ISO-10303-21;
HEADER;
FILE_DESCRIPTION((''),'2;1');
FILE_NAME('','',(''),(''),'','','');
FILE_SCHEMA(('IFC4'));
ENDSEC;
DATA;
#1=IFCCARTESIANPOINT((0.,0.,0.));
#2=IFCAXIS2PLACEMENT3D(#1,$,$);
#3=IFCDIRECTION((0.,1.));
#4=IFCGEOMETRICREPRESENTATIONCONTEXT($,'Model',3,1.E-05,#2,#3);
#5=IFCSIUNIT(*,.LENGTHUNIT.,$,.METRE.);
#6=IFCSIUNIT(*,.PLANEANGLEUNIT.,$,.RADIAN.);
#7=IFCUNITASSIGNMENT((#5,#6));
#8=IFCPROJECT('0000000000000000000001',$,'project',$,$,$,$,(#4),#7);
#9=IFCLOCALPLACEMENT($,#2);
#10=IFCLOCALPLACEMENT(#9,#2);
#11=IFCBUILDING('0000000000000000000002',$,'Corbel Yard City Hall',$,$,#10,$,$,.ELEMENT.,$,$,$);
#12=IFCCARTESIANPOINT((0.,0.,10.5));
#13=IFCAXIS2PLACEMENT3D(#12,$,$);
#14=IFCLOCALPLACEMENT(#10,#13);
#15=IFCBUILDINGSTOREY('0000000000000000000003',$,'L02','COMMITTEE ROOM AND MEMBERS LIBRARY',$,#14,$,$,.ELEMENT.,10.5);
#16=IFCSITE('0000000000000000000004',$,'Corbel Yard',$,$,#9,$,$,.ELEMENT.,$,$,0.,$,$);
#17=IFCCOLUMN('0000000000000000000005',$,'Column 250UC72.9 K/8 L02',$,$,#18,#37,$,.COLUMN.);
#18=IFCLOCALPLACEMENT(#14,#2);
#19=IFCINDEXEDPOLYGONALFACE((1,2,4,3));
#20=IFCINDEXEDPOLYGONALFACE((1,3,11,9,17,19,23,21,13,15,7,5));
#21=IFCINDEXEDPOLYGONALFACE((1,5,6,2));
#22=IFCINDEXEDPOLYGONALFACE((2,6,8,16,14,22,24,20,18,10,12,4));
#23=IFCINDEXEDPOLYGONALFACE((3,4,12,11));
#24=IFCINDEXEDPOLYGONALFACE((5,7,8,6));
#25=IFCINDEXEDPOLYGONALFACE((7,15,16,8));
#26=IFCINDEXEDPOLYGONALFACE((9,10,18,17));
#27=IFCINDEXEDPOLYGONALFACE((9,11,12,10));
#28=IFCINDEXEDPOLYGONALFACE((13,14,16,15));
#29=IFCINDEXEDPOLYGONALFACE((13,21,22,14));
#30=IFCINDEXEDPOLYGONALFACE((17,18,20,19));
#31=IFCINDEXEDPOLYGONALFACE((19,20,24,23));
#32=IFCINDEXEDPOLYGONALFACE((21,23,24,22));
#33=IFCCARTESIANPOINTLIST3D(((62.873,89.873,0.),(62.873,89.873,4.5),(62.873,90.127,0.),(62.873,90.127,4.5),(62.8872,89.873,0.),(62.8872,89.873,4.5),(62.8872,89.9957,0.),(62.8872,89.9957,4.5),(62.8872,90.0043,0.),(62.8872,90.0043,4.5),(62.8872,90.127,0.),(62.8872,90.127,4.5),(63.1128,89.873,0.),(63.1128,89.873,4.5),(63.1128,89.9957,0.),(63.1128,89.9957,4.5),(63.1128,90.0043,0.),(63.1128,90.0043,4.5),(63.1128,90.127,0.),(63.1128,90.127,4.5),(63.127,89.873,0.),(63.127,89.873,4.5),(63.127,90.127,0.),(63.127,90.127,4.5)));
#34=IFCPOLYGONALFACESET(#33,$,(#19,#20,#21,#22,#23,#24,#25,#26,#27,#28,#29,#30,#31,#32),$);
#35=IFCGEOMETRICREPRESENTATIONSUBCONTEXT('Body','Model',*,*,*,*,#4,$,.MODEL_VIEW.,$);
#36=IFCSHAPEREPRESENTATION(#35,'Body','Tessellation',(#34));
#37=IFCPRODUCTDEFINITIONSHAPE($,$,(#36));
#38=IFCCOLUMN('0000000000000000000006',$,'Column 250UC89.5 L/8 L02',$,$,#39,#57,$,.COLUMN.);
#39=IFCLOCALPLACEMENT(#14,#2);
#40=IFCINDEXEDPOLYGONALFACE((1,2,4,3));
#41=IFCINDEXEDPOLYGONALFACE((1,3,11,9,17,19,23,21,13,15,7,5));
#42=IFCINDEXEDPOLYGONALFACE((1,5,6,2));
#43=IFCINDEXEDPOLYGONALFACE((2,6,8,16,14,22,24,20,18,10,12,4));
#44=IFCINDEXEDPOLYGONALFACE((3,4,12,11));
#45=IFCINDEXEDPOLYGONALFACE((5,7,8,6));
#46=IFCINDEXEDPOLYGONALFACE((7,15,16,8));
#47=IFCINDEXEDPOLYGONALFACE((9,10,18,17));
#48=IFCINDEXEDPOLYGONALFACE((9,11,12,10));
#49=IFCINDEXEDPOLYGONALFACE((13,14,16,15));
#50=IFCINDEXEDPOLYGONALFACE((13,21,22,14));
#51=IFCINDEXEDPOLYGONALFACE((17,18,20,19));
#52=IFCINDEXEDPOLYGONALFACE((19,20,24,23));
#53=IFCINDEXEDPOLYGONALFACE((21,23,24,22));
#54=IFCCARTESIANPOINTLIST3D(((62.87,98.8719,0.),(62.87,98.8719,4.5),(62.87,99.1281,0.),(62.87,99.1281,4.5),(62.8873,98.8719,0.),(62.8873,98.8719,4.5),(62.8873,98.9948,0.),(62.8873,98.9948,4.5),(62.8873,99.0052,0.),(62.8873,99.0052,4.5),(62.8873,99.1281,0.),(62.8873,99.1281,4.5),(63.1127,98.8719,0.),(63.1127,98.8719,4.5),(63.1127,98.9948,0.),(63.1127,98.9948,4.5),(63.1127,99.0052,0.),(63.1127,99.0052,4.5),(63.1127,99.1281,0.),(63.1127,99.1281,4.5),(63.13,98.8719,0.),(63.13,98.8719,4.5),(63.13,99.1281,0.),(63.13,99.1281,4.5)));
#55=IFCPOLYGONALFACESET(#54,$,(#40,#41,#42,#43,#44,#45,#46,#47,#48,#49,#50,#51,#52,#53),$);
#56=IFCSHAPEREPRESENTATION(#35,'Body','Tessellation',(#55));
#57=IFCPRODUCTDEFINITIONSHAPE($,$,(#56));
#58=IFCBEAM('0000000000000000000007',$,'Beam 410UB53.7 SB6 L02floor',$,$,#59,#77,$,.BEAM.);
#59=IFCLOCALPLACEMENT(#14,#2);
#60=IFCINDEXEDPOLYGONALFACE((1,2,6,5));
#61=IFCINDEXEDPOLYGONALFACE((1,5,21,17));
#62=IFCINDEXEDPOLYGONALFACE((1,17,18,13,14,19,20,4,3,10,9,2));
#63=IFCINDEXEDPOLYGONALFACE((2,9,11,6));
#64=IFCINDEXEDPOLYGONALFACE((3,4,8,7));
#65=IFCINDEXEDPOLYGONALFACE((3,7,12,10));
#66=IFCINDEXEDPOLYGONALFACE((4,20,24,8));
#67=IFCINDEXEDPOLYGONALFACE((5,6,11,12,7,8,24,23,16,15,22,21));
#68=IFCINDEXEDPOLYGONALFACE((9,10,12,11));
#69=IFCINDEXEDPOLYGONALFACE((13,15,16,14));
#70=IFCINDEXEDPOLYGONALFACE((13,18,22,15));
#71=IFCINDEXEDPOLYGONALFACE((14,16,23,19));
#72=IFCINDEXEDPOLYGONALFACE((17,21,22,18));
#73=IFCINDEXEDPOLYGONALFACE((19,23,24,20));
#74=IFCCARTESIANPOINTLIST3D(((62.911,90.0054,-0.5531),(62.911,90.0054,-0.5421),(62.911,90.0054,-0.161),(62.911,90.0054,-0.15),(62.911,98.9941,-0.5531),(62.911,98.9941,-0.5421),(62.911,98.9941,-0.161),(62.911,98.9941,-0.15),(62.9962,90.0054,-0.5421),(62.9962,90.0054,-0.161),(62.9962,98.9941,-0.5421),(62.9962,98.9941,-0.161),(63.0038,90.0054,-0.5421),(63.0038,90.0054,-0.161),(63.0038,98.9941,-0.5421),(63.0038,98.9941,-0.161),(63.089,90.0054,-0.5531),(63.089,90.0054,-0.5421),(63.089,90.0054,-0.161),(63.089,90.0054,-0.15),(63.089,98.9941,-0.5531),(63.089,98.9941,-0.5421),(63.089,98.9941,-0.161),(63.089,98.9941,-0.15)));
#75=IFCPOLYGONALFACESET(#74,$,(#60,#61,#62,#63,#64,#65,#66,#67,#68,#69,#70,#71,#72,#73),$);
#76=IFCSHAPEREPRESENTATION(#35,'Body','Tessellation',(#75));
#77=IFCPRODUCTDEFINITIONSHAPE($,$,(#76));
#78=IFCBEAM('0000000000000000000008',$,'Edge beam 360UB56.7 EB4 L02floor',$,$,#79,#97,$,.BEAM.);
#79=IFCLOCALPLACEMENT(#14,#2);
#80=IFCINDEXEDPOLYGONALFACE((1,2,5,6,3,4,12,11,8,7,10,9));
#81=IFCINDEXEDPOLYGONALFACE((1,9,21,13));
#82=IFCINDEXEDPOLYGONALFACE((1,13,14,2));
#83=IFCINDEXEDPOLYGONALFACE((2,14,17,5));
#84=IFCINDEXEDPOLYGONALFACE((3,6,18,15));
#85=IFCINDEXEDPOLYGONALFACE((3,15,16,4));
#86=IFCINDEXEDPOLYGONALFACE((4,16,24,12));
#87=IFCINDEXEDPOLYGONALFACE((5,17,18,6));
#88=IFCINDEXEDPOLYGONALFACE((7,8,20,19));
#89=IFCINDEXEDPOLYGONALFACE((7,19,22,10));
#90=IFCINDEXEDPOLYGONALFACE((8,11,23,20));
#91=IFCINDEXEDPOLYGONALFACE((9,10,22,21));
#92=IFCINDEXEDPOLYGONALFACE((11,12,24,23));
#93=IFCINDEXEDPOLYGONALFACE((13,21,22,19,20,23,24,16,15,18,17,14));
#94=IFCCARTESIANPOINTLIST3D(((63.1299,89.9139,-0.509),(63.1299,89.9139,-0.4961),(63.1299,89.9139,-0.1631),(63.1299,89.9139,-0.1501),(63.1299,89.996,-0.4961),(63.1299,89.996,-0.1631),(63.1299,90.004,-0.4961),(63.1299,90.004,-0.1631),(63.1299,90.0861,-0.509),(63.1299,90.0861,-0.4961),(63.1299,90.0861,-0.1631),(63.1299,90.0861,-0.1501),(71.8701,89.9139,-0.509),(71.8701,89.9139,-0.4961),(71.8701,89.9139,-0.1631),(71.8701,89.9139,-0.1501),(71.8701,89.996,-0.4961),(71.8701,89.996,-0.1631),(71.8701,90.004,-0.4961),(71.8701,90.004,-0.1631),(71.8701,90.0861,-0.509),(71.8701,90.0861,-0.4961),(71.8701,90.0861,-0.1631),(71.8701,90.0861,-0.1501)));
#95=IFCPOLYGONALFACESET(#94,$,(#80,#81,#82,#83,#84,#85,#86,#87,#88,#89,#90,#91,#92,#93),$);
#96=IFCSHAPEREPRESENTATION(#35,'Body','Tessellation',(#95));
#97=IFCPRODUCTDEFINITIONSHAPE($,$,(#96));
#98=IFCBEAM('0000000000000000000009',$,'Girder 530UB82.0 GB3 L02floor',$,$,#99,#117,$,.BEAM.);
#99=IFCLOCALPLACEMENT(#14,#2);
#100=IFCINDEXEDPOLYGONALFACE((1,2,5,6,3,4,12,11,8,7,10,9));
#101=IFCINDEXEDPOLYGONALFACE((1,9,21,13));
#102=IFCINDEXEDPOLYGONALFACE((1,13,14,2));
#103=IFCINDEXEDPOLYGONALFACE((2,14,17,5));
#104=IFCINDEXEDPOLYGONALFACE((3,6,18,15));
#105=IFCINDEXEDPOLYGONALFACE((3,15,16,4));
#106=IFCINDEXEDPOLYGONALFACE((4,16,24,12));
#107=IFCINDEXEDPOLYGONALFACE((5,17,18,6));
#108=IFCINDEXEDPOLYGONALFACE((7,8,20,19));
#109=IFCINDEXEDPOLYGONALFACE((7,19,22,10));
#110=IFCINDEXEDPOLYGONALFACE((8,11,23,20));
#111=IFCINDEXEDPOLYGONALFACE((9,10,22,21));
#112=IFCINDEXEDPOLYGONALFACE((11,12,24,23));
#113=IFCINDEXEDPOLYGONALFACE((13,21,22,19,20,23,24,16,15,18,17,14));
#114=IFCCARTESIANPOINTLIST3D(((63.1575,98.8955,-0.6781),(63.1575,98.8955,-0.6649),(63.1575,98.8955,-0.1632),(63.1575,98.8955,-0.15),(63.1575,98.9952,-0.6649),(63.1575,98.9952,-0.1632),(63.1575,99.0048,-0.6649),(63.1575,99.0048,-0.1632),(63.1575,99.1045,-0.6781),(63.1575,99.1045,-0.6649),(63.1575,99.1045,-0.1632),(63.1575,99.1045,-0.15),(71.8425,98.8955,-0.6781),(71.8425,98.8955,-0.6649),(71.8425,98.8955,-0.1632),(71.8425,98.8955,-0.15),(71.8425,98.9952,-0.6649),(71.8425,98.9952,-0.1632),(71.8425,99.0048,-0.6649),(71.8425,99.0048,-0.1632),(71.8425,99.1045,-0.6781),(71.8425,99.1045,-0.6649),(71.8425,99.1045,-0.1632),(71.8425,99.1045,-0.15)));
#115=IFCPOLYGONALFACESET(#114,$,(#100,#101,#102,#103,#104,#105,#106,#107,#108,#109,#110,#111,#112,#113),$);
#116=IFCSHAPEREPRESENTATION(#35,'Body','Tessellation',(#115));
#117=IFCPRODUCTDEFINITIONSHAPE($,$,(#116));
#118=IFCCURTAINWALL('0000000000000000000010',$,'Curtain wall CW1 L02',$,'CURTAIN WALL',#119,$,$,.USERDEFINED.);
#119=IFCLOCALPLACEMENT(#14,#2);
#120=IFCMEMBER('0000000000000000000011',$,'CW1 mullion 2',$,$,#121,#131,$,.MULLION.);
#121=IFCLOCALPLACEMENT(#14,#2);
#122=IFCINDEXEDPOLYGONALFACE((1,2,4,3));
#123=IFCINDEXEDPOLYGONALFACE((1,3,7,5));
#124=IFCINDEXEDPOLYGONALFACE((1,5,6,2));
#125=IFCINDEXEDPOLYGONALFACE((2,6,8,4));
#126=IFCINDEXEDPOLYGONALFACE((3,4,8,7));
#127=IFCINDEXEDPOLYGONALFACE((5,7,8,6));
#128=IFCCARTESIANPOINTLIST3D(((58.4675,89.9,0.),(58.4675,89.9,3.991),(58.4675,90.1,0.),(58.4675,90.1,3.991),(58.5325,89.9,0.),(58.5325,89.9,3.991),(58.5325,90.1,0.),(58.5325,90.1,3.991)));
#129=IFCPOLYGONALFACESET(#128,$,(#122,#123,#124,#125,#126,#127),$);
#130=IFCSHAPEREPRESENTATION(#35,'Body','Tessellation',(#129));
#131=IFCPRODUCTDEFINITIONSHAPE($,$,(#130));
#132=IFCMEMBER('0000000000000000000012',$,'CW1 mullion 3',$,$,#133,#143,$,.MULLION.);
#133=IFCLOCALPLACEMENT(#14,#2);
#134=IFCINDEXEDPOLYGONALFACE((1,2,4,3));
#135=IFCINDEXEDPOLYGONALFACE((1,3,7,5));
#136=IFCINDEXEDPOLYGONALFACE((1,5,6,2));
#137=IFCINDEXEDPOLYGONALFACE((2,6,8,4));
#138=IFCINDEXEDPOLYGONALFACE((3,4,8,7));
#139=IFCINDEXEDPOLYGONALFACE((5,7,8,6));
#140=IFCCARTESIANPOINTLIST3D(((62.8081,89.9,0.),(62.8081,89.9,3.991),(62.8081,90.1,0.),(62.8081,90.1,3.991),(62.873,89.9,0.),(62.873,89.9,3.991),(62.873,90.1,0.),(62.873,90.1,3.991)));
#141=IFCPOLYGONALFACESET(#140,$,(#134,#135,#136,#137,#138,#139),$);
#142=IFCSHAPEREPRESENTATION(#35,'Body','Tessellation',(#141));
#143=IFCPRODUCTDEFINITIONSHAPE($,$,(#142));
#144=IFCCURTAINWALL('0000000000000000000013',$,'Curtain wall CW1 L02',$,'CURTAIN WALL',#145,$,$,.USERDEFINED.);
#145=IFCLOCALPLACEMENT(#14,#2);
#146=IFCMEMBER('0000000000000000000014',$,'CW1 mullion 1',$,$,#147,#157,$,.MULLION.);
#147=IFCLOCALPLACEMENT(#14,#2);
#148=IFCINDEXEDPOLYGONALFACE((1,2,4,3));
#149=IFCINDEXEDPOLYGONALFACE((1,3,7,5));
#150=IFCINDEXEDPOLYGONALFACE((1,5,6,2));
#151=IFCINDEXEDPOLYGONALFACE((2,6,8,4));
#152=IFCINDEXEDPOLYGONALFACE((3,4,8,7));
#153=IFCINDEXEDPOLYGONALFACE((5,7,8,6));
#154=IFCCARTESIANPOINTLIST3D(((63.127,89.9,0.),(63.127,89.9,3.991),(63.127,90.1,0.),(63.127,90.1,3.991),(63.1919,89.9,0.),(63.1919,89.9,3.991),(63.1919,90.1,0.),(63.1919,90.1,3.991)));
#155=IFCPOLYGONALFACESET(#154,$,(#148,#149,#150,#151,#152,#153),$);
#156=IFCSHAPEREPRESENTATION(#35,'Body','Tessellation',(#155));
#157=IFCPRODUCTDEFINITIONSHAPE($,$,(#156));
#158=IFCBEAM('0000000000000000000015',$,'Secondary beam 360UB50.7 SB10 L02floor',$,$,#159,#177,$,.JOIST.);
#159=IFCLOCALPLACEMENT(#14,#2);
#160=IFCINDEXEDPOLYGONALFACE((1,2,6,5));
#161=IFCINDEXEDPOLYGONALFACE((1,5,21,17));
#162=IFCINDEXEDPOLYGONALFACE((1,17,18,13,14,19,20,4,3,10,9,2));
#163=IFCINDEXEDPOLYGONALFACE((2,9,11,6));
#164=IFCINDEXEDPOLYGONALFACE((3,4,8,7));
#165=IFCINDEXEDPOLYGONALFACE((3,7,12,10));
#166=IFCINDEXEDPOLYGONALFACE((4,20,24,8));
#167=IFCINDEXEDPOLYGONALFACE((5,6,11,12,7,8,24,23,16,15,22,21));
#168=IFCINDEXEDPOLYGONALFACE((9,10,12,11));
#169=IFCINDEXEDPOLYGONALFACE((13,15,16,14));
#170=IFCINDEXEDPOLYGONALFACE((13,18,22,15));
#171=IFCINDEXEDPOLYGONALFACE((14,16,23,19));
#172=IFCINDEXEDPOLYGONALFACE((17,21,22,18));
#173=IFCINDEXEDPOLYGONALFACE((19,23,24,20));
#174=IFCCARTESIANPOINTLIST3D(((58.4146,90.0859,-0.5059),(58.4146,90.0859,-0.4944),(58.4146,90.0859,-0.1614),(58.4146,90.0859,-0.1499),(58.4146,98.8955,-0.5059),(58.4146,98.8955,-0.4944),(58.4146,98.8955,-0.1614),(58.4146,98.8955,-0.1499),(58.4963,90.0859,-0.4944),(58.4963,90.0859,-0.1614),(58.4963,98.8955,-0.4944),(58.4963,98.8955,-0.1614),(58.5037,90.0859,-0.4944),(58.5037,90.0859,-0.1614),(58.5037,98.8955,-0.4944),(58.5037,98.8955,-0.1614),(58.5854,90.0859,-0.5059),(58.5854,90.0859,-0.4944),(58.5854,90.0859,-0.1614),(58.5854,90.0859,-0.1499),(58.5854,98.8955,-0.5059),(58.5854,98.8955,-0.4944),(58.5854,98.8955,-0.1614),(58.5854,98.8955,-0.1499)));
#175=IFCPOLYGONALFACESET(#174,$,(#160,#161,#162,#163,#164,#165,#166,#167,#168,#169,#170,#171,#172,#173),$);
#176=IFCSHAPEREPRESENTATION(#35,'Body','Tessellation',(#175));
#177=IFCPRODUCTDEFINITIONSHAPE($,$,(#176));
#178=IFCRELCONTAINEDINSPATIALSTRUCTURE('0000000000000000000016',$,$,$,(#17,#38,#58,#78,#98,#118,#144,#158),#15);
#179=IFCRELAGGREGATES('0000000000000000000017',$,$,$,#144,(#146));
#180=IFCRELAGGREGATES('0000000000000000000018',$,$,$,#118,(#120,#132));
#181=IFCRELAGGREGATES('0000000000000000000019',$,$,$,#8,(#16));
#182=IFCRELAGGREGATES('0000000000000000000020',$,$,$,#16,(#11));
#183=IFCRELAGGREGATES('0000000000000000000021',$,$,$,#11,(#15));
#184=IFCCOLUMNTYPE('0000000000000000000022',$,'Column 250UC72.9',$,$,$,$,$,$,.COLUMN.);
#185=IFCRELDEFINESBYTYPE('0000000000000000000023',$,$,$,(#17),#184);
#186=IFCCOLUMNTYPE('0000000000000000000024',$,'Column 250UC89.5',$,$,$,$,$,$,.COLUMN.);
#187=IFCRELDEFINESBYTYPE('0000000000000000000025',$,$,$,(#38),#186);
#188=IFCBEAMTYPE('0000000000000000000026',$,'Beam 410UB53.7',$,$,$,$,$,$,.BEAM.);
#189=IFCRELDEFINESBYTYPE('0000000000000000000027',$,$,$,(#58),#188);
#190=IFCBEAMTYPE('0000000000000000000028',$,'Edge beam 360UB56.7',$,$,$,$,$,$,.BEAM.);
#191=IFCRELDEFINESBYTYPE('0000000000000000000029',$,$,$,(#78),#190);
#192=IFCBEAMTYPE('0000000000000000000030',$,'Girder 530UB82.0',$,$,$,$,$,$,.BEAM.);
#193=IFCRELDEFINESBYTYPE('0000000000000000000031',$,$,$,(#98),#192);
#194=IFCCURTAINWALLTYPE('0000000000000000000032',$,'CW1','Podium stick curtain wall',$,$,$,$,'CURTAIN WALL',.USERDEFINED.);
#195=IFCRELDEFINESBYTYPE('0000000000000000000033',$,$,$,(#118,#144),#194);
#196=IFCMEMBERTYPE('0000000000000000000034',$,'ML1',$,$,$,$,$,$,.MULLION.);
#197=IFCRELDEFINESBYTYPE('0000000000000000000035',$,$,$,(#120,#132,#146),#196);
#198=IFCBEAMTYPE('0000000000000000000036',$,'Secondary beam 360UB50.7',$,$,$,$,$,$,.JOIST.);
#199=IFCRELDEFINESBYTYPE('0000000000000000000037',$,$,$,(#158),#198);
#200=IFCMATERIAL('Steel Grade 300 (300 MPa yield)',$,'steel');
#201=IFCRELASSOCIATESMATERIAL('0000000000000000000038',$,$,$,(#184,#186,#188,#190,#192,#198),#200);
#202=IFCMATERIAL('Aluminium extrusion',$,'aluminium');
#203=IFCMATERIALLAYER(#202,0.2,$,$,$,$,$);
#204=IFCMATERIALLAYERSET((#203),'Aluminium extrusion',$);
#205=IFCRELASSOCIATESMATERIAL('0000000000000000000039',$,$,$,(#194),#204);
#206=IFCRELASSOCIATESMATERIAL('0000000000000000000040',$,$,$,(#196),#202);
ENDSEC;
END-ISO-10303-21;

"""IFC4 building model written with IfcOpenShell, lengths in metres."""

from ifc_helpers import new_model, si_unit, direction, frame, origin, origin_2d, place, context, subcontext, project, spatial, rectangle, i_section, extrude, material, layer, layer_set, material_profile, profile_set, type_object, element, aggregate, save


model = new_model("IFC4")

# Units and contexts
model_context = context("Model", 3, precision=1e-05, world=origin(), true_north=direction((0.0, 1.0)))
body_context = subcontext(model_context, "Body", "Model", "MODEL_VIEW")
ifc_project = project(units=[si_unit("LENGTHUNIT", "METRE"), si_unit("PLANEANGLEUNIT", "RADIAN")], contexts=[model_context])

# Site, building, storey
site_placement = place(None, origin())
site = spatial("IfcSite", under=ifc_project, at=site_placement, Name="Corbel Yard", CompositionType="ELEMENT", RefElevation=0.0)
building_placement = place(site_placement, origin())
building = spatial("IfcBuilding", under=site, at=building_placement, Name="Corbel Yard City Hall", CompositionType="ELEMENT")
storey_placement = place(building_placement, frame((0.0, 0.0, 10.5)))
storey = spatial("IfcBuildingStorey", under=building, at=storey_placement, Name="L02", Description="COMMITTEE ROOM AND MEMBERS LIBRARY", CompositionType="ELEMENT", Elevation=10.5)

# Columns
ifc_material_1 = material(Name="Steel Grade 300 (300 MPa yield)", Category="steel")
ifc_material_profile_1 = material_profile(ifc_material_1, i_section(OverallWidth=0.2539, OverallDepth=0.2539, WebThickness=0.0085, FlangeThickness=0.0142, at=origin_2d()), Name="250UC72.9")
ifc_profile_set_1 = profile_set([ifc_material_profile_1], Name="Steel Grade 300 (300 MPa yield)")
column_type_1 = type_object("IfcColumnType", Name="Column 250UC72.9", PredefinedType="COLUMN", material=ifc_profile_set_1)
column_1_placement = place(storey_placement, frame((63.0, 90.0, 0.0), z_axis=(0.0, 0.0, 1.0), x_axis=(0.0, 1.0, 0.0)))
element("IfcColumn", 1, at=column_1_placement, inside=storey, type_object=column_type_1, Name="Column 250UC72.9 K/8 L02", PredefinedType="COLUMN", context=body_context, shape_type="SweptSolid", body=[
    extrude(i_section(OverallWidth=0.2539, OverallDepth=0.2539, WebThickness=0.0085, FlangeThickness=0.0142, at=origin_2d()), origin(), (0.0, 0.0, 1.0), 4.5),
])
ifc_material_profile_2 = material_profile(ifc_material_1, i_section(OverallWidth=0.2561, OverallDepth=0.26, WebThickness=0.0105, FlangeThickness=0.0173, at=origin_2d()), Name="250UC89.5")
ifc_profile_set_2 = profile_set([ifc_material_profile_2], Name="Steel Grade 300 (300 MPa yield)")
column_type_2 = type_object("IfcColumnType", Name="Column 250UC89.5", PredefinedType="COLUMN", material=ifc_profile_set_2)
column_2_placement = place(storey_placement, frame((63.0, 99.0, 0.0), z_axis=(0.0, 0.0, 1.0), x_axis=(0.0, 1.0, 0.0)))
element("IfcColumn", 2, at=column_2_placement, inside=storey, type_object=column_type_2, Name="Column 250UC89.5 L/8 L02", PredefinedType="COLUMN", context=body_context, shape_type="SweptSolid", body=[
    extrude(i_section(OverallWidth=0.2561, OverallDepth=0.26, WebThickness=0.0105, FlangeThickness=0.0173, at=origin_2d()), origin(), (0.0, 0.0, 1.0), 4.5),
])

# Beams
ifc_material_profile_3 = material_profile(ifc_material_1, i_section(OverallWidth=0.178, OverallDepth=0.4031, WebThickness=0.0076, FlangeThickness=0.011, at=origin_2d()), Name="410UB53.7")
ifc_profile_set_3 = profile_set([ifc_material_profile_3], Name="Steel Grade 300 (300 MPa yield)")
beam_type_1 = type_object("IfcBeamType", Name="Beam 410UB53.7", PredefinedType="BEAM", material=ifc_profile_set_3)
beam_1_placement = place(storey_placement, frame((63.0, 90.0054, -0.3516), z_axis=(0.0, 1.0, 0.0), x_axis=(-1.0, 0.0, 0.0)))
element("IfcBeam", 3, at=beam_1_placement, inside=storey, type_object=beam_type_1, Name="Beam 410UB53.7 SB6 L02floor", PredefinedType="BEAM", context=body_context, shape_type="SweptSolid", body=[
    extrude(i_section(OverallWidth=0.178, OverallDepth=0.4031, WebThickness=0.0076, FlangeThickness=0.011, at=origin_2d()), origin(), (0.0, 0.0, 1.0), 8.9888),
])
ifc_material_profile_4 = material_profile(ifc_material_1, i_section(OverallWidth=0.1721, OverallDepth=0.3589, WebThickness=0.0081, FlangeThickness=0.0129, at=origin_2d()), Name="360UB56.7")
ifc_profile_set_4 = profile_set([ifc_material_profile_4], Name="Steel Grade 300 (300 MPa yield)")
beam_type_2 = type_object("IfcBeamType", Name="Edge beam 360UB56.7", PredefinedType="BEAM", material=ifc_profile_set_4)
beam_2_placement = place(storey_placement, frame((63.1299, 90.0, -0.3296), z_axis=(1.0, 0.0, 0.0), x_axis=(0.0, 1.0, 0.0)))
element("IfcBeam", 4, at=beam_2_placement, inside=storey, type_object=beam_type_2, Name="Edge beam 360UB56.7 EB4 L02floor", PredefinedType="BEAM", context=body_context, shape_type="SweptSolid", body=[
    extrude(i_section(OverallWidth=0.1721, OverallDepth=0.3589, WebThickness=0.0081, FlangeThickness=0.0129, at=origin_2d()), origin(), (0.0, 0.0, 1.0), 8.7402),
])
ifc_material_profile_5 = material_profile(ifc_material_1, i_section(OverallWidth=0.209, OverallDepth=0.5281, WebThickness=0.0095, FlangeThickness=0.0132, at=origin_2d()), Name="530UB82.0")
ifc_profile_set_5 = profile_set([ifc_material_profile_5], Name="Steel Grade 300 (300 MPa yield)")
beam_type_3 = type_object("IfcBeamType", Name="Girder 530UB82.0", PredefinedType="BEAM", material=ifc_profile_set_5)
beam_3_placement = place(storey_placement, frame((63.1575, 99.0, -0.4141), z_axis=(1.0, 0.0, 0.0), x_axis=(0.0, 1.0, 0.0)))
element("IfcBeam", 5, at=beam_3_placement, inside=storey, type_object=beam_type_3, Name="Girder 530UB82.0 GB3 L02floor", PredefinedType="BEAM", context=body_context, shape_type="SweptSolid", body=[
    extrude(i_section(OverallWidth=0.209, OverallDepth=0.5281, WebThickness=0.0095, FlangeThickness=0.0132, at=origin_2d()), origin(), (0.0, 0.0, 1.0), 8.6851),
])

# Curtain wall, members
ifc_material_2 = material(Name="Aluminium extrusion", Category="aluminium")
ifc_layer_1 = layer(ifc_material_2, 0.2)
ifc_layer_set_1 = layer_set([ifc_layer_1], Name="Aluminium extrusion")
curtain_wall_type = type_object("IfcCurtainWallType", Name="CW1", Description="Podium stick curtain wall", ElementType="CURTAIN WALL", PredefinedType="USERDEFINED", material=ifc_layer_set_1)
curtain_wall_1_placement = place(storey_placement, origin())
curtain_wall_1 = element("IfcCurtainWall", 6, at=curtain_wall_1_placement, inside=storey, type_object=curtain_wall_type, Name="Curtain wall CW1 L02", ObjectType="CURTAIN WALL", PredefinedType="USERDEFINED")
ifc_material_profile_6 = material_profile(ifc_material_2, rectangle(XDim=0.2, YDim=0.0649, at=origin_2d()), Name="200x65")
ifc_profile_set_6 = profile_set([ifc_material_profile_6], Name="Aluminium extrusion")
member_type_1 = type_object("IfcMemberType", Name="ML1", PredefinedType="MULLION", material=ifc_profile_set_6)
member_1_placement = place(storey_placement, frame((58.5, 90.0, 0.0), z_axis=(0.0, 0.0, 1.0), x_axis=(0.0, 1.0, 0.0)))
member_1 = element("IfcMember", 7, at=member_1_placement, type_object=member_type_1, Name="CW1 mullion 2", PredefinedType="MULLION", context=body_context, shape_type="SweptSolid", body=[
    extrude(rectangle(XDim=0.2, YDim=0.0649, at=origin_2d()), origin(), (0.0, 0.0, 1.0), 3.991),
])
member_2_placement = place(storey_placement, frame((62.8406, 90.0, 0.0), z_axis=(0.0, 0.0, 1.0), x_axis=(0.0, 1.0, 0.0)))
member_2 = element("IfcMember", 8, at=member_2_placement, type_object=member_type_1, Name="CW1 mullion 3", PredefinedType="MULLION", context=body_context, shape_type="SweptSolid", body=[
    extrude(rectangle(XDim=0.2, YDim=0.0649, at=origin_2d()), origin(), (0.0, 0.0, 1.0), 3.991),
])

# Curtain wall, member
curtain_wall_2_placement = place(storey_placement, origin())
curtain_wall_2 = element("IfcCurtainWall", 9, at=curtain_wall_2_placement, inside=storey, type_object=curtain_wall_type, Name="Curtain wall CW1 L02", ObjectType="CURTAIN WALL", PredefinedType="USERDEFINED")
member_3_placement = place(storey_placement, frame((63.1594, 90.0, 0.0), z_axis=(0.0, 0.0, 1.0), x_axis=(0.0, 1.0, 0.0)))
member_3 = element("IfcMember", 10, at=member_3_placement, type_object=member_type_1, Name="CW1 mullion 1", PredefinedType="MULLION", context=body_context, shape_type="SweptSolid", body=[
    extrude(rectangle(XDim=0.2, YDim=0.0649, at=origin_2d()), origin(), (0.0, 0.0, 1.0), 3.991),
])
aggregate(curtain_wall_2, [member_3])

# Beam
ifc_material_profile_7 = material_profile(ifc_material_1, i_section(OverallWidth=0.1709, OverallDepth=0.356, WebThickness=0.0073, FlangeThickness=0.0115, at=origin_2d()), Name="360UB50.7")
ifc_profile_set_7 = profile_set([ifc_material_profile_7], Name="Steel Grade 300 (300 MPa yield)")
beam_type_4 = type_object("IfcBeamType", Name="Secondary beam 360UB50.7", PredefinedType="JOIST", material=ifc_profile_set_7)
beam_4_placement = place(storey_placement, frame((58.5, 90.0859, -0.3279), z_axis=(0.0, 1.0, 0.0), x_axis=(-1.0, 0.0, 0.0)))
element("IfcBeam", 11, at=beam_4_placement, inside=storey, type_object=beam_type_4, Name="Secondary beam 360UB50.7 SB10 L02floor", PredefinedType="JOIST", context=body_context, shape_type="SweptSolid", body=[
    extrude(i_section(OverallWidth=0.1709, OverallDepth=0.356, WebThickness=0.0073, FlangeThickness=0.0115, at=origin_2d()), origin(), (0.0, 0.0, 1.0), 8.8096),
])

aggregate(curtain_wall_1, [member_1, member_2])

save(model, "model.ifc")
